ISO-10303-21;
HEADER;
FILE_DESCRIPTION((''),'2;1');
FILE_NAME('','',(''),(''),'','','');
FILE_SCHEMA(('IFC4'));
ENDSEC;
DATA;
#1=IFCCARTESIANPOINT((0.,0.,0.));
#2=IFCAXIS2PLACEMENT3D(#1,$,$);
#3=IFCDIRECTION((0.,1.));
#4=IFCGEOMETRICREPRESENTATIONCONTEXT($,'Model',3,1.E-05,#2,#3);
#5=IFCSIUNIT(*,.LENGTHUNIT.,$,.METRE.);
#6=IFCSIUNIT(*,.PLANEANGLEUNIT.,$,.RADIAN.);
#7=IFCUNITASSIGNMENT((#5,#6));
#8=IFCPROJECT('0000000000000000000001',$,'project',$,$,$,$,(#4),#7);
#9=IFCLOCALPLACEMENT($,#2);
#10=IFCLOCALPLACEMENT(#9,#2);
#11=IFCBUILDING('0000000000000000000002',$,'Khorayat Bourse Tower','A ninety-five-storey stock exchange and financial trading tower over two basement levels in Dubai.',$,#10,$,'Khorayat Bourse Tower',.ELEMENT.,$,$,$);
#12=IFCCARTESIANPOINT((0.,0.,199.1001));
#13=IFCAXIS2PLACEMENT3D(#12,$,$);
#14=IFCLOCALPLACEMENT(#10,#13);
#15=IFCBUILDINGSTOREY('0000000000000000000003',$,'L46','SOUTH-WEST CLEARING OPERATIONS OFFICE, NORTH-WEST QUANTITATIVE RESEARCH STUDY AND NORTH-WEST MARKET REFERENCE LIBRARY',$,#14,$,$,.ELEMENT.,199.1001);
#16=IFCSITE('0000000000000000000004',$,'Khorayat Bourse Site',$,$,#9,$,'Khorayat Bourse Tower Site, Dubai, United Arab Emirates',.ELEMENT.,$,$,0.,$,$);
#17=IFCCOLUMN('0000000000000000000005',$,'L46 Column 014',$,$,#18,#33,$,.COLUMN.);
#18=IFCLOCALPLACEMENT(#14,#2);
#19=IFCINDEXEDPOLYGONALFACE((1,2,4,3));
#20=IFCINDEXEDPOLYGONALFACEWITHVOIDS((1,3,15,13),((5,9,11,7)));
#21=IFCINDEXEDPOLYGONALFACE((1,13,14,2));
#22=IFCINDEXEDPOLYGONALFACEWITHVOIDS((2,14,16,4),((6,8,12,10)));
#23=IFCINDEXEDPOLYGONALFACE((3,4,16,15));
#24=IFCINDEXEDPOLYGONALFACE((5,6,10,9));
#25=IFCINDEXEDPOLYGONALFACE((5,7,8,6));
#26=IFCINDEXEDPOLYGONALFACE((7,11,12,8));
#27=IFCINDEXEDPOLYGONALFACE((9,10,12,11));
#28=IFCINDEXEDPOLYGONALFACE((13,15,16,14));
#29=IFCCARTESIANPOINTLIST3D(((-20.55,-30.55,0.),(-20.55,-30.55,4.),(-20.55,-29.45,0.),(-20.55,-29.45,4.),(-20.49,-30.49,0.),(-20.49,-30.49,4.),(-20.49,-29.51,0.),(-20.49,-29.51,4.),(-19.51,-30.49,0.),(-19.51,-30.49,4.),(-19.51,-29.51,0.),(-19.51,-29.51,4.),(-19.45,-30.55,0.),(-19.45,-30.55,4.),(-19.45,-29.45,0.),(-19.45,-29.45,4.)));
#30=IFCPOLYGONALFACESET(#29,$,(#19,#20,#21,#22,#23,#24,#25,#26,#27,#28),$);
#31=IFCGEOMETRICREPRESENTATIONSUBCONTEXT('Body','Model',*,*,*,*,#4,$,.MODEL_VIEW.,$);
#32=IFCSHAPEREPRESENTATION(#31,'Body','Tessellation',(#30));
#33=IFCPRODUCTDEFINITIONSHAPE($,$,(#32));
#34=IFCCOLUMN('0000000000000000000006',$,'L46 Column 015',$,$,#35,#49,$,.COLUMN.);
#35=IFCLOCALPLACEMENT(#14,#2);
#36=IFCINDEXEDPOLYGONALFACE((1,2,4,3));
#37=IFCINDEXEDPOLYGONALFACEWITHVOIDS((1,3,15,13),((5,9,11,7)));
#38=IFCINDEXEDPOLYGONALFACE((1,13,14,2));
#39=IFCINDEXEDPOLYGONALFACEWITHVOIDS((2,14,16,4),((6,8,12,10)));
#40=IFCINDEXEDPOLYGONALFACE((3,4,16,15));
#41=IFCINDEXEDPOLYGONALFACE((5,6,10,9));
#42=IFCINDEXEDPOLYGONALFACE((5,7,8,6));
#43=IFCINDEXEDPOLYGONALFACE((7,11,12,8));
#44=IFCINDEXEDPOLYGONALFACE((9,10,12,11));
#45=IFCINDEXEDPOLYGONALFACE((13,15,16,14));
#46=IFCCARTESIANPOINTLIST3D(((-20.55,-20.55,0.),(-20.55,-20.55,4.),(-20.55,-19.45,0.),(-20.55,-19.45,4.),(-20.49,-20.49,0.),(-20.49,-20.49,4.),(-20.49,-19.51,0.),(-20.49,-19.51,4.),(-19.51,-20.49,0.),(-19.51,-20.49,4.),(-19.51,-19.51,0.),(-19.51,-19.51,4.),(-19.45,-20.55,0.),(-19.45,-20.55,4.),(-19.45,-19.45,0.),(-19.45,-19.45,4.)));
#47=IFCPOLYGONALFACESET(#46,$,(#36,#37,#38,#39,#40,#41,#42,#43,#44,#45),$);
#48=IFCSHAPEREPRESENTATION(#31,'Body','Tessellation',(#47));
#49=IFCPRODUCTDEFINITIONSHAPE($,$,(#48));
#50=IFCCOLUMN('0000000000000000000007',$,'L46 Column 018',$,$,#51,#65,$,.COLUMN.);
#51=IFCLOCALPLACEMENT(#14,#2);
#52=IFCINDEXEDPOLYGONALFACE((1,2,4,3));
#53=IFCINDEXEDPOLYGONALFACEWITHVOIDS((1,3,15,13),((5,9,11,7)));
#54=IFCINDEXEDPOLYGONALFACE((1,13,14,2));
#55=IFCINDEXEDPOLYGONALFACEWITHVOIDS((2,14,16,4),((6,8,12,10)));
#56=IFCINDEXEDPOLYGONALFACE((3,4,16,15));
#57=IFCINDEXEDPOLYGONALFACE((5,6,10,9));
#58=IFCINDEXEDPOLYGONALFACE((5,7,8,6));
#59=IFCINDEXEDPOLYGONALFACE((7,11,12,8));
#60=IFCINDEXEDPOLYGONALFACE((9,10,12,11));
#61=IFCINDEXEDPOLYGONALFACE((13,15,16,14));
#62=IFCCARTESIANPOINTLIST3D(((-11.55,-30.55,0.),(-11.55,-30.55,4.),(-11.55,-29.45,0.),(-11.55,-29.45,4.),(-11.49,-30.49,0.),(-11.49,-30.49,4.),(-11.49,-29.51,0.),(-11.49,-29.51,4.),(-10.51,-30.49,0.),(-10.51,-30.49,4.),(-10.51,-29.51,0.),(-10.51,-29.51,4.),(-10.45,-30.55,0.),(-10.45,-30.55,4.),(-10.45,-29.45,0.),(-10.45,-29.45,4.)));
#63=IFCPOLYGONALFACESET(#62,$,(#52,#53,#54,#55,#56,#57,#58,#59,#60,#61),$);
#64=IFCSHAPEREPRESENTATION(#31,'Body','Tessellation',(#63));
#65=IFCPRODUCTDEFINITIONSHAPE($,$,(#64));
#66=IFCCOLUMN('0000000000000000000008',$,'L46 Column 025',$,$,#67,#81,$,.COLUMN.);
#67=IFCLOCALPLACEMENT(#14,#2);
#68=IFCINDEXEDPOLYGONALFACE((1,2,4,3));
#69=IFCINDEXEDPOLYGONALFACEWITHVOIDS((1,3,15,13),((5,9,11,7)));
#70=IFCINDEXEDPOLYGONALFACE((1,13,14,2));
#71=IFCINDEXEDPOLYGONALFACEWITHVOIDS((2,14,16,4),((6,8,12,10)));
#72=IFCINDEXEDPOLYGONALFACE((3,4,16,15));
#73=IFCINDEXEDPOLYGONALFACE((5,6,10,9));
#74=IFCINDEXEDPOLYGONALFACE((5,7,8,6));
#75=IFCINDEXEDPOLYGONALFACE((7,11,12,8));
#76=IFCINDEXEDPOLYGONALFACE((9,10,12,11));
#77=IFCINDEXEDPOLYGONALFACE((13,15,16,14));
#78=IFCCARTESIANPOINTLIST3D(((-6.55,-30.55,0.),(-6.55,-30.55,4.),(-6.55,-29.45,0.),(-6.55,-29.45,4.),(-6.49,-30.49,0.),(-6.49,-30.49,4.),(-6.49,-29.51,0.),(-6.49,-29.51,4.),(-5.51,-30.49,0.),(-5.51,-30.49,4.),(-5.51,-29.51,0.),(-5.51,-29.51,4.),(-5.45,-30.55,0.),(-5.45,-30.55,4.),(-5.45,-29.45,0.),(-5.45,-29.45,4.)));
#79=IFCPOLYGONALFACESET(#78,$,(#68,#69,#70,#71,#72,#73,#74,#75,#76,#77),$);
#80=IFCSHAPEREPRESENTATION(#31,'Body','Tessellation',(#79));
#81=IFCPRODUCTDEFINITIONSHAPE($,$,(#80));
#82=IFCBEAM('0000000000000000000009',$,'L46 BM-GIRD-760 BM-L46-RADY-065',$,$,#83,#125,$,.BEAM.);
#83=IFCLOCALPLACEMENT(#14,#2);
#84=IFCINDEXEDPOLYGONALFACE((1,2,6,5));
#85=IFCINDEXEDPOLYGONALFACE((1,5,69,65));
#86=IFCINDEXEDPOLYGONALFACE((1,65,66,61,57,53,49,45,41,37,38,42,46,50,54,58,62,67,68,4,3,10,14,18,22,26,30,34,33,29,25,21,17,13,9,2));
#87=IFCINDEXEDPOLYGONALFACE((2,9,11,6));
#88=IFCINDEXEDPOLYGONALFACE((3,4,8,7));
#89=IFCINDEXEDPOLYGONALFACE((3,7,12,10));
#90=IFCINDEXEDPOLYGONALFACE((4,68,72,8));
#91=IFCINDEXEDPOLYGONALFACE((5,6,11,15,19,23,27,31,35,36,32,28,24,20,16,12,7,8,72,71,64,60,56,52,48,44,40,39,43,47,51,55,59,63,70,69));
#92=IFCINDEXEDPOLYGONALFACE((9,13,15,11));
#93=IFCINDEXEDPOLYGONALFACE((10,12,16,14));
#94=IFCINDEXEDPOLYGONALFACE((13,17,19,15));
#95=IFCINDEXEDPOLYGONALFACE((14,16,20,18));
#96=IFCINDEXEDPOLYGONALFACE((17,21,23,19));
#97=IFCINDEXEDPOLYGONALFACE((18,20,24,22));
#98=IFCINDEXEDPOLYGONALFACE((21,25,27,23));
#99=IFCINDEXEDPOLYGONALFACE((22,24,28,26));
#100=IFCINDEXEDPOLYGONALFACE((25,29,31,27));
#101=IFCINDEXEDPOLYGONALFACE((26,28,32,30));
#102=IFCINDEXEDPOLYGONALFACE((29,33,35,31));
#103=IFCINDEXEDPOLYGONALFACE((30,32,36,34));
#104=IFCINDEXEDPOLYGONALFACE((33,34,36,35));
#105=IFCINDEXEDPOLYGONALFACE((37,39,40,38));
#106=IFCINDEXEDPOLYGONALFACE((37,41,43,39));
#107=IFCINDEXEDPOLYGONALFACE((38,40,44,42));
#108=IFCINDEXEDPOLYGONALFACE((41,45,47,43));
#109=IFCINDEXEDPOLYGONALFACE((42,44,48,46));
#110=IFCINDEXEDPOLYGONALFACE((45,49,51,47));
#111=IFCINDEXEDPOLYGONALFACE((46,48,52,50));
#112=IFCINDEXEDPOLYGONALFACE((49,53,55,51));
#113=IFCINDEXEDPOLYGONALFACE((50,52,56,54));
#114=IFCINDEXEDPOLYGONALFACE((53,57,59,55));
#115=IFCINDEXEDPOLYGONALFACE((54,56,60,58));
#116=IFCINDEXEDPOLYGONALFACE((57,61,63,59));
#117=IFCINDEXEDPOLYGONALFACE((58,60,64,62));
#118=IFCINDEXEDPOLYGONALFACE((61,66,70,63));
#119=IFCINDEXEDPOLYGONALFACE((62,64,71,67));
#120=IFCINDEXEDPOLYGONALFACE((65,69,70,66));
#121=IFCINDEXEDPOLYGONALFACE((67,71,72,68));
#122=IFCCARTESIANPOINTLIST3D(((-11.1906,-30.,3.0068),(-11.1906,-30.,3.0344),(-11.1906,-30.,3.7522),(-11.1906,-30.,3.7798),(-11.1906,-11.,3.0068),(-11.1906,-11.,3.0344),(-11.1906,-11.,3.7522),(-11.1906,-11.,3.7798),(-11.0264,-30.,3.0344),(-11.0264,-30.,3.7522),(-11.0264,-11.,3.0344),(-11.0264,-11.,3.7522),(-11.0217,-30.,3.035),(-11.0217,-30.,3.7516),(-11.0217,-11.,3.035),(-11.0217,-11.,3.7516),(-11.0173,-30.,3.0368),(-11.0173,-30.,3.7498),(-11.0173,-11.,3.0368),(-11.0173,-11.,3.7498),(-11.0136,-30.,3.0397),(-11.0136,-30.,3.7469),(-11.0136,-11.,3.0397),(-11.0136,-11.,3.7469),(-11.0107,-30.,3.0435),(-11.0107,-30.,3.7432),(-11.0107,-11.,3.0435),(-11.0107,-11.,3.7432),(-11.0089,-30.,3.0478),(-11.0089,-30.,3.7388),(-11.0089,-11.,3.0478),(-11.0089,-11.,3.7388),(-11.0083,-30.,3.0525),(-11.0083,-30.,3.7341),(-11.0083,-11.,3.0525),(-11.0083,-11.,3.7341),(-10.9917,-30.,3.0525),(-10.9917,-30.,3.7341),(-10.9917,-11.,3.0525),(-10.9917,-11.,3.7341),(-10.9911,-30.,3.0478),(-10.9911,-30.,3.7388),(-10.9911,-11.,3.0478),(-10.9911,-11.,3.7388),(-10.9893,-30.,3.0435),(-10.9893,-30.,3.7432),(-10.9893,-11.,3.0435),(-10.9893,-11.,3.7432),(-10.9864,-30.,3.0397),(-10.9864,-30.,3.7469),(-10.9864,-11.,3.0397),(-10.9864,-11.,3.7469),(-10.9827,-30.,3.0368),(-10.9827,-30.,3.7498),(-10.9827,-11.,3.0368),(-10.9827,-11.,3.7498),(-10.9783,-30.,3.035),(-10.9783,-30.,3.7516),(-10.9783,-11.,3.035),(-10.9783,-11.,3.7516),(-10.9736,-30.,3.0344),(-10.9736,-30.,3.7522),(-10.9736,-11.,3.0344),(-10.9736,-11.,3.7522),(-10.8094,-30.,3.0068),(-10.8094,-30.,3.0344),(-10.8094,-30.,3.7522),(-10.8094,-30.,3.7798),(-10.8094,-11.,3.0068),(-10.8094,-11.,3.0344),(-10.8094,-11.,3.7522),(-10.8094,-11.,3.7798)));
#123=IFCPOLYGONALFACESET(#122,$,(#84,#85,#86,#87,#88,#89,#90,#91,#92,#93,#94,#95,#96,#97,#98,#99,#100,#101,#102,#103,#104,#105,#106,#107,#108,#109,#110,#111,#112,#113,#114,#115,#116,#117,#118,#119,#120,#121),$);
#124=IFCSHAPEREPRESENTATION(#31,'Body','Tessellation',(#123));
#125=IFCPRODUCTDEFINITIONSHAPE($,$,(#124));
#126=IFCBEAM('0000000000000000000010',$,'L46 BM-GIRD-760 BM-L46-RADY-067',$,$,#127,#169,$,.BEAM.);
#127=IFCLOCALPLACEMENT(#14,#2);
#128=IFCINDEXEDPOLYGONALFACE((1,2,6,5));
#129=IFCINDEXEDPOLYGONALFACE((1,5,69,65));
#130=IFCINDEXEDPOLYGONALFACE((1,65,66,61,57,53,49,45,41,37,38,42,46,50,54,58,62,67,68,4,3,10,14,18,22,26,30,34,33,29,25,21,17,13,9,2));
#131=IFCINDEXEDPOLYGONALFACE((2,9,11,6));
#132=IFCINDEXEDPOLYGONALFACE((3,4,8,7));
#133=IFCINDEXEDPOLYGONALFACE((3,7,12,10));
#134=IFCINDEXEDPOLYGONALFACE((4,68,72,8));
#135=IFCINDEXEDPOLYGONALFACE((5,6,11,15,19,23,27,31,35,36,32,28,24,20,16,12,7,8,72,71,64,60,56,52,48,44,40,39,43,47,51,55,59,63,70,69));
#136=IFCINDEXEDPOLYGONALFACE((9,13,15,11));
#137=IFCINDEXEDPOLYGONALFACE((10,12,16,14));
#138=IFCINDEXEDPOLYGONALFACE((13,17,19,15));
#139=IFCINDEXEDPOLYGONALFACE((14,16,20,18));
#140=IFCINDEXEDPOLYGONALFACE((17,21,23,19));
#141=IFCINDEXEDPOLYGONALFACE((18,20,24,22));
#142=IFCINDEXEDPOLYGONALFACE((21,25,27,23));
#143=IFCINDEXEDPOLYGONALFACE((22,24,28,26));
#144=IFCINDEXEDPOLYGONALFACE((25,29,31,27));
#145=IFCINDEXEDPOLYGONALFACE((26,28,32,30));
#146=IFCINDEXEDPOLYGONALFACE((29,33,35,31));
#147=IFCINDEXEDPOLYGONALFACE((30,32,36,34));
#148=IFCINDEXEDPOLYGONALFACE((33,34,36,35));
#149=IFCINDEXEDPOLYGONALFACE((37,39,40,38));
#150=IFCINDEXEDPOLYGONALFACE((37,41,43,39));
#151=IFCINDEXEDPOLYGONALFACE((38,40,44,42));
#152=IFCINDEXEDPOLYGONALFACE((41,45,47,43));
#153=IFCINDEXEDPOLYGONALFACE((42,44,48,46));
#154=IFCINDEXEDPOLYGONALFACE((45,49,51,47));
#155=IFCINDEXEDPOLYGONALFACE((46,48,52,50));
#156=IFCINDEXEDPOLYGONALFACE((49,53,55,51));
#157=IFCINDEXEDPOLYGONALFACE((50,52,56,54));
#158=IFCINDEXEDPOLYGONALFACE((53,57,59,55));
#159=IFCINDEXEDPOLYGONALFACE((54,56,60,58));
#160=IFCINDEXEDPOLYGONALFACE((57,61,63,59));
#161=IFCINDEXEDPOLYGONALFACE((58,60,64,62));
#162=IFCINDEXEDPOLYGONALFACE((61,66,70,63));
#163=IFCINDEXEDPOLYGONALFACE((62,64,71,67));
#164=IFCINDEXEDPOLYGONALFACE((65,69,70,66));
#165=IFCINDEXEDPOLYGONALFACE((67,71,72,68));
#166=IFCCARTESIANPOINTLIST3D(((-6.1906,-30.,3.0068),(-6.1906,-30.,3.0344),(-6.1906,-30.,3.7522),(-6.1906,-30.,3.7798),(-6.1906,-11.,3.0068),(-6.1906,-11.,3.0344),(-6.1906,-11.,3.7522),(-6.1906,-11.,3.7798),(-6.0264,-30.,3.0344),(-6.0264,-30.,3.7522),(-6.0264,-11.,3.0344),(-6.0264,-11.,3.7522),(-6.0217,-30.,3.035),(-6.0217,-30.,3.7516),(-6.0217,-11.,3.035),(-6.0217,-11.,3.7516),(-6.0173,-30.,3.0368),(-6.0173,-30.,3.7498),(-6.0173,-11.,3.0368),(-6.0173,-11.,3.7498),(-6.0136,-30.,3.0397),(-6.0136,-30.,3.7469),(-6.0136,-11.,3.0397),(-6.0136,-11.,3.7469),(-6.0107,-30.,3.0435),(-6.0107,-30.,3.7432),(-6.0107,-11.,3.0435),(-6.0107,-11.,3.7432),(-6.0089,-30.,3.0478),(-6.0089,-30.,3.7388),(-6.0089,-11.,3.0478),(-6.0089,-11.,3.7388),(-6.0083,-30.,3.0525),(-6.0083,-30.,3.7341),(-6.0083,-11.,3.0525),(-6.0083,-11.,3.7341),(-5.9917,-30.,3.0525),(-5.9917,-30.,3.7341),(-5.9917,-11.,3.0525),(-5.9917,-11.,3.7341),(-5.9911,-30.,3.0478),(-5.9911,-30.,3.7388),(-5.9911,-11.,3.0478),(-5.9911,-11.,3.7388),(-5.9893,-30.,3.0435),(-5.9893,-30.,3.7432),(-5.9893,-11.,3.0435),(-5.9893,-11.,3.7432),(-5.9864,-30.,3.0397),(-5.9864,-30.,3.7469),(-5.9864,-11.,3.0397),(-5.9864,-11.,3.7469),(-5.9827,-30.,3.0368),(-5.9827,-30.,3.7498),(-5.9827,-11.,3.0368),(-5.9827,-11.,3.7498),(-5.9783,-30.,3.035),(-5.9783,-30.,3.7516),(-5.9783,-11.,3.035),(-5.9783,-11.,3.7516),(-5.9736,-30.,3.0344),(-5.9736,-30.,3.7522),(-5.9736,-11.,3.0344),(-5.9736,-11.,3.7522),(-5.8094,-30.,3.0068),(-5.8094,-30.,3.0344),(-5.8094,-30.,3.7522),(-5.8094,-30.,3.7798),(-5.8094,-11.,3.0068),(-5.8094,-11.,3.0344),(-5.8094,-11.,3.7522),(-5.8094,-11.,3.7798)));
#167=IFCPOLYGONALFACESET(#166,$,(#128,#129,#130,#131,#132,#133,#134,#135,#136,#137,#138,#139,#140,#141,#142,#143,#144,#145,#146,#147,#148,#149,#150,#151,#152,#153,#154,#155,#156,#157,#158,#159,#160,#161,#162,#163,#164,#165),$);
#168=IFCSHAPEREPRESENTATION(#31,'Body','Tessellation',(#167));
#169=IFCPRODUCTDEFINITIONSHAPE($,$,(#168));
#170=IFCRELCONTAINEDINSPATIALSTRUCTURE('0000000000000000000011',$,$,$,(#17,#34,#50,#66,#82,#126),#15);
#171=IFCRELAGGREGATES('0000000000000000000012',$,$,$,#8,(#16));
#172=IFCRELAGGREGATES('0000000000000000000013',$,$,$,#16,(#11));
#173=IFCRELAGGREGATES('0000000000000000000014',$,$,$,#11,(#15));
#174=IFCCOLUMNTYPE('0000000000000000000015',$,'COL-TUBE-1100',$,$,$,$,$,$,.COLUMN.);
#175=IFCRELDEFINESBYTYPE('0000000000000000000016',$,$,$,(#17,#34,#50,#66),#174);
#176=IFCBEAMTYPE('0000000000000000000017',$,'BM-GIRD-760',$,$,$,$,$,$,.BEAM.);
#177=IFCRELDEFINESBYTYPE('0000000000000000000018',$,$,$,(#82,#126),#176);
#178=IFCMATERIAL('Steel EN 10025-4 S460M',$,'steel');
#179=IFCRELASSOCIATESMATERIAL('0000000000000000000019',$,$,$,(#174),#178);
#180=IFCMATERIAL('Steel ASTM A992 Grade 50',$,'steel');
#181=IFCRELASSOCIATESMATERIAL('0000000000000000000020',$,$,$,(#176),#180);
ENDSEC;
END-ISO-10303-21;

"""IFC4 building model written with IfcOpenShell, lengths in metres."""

from ifc_helpers import new_model, si_unit, direction, frame, origin, origin_2d, place, context, subcontext, project, spatial, hollow_rectangle, i_section, extrude, source, transform, mapped, material, material_profile, profile_set, type_object, element, save


model = new_model("IFC4")

# Units and contexts
model_context = context("Model", 3, precision=1e-05, world=origin(), true_north=direction((0.0, 1.0)))
body_context = subcontext(model_context, "Body", "Model", "MODEL_VIEW")
ifc_project = project(units=[si_unit("LENGTHUNIT", "METRE"), si_unit("PLANEANGLEUNIT", "RADIAN")], contexts=[model_context])

# Site, building, storey
site_placement = place(None, origin())
site = spatial("IfcSite", under=ifc_project, at=site_placement, Name="Khorayat Bourse Site", LongName="Khorayat Bourse Tower Site, Dubai, United Arab Emirates", CompositionType="ELEMENT", RefElevation=0.0)
building_placement = place(site_placement, origin())
building = spatial("IfcBuilding", under=site, at=building_placement, Name="Khorayat Bourse Tower", Description="A ninety-five-storey stock exchange and financial trading tower over two basement levels in Dubai.", LongName="Khorayat Bourse Tower", CompositionType="ELEMENT")
storey_placement = place(building_placement, frame((0.0, 0.0, 199.1001)))
storey = spatial("IfcBuildingStorey", under=building, at=storey_placement, Name="L46", Description="SOUTH-WEST CLEARING OPERATIONS OFFICE, NORTH-WEST QUANTITATIVE RESEARCH STUDY AND NORTH-WEST MARKET REFERENCE LIBRARY", CompositionType="ELEMENT", Elevation=199.1001)

# Columns
ifc_material_1 = material(Name="Steel EN 10025-4 S460M", Category="steel")
ifc_material_profile_1 = material_profile(ifc_material_1, hollow_rectangle(XDim=1.1001, YDim=1.1001, WallThickness=0.0601, at=origin_2d()), Name="BOX 1100x1100x60")
ifc_profile_set_1 = profile_set([ifc_material_profile_1], Name="Steel EN 10025-4 S460M")
column_type = type_object("IfcColumnType", Name="COL-TUBE-1100", PredefinedType="COLUMN", material=ifc_profile_set_1)
shared_shape_1 = source(origin(), body_context, "Body", "SweptSolid", [
    extrude(hollow_rectangle(XDim=1.1001, YDim=1.1001, WallThickness=0.0601, at=origin_2d()), origin(), (0.0, 0.0, 1.0), 4.0),
])
for number, where, z_axis, x_axis, name in (
    (1, (-20.0, -30.0, 0.0), (0.0, 0.0, 1.0), (1.0, 0.0, 0.0), "L46 Column 014"),
    (2, (-20.0, -20.0, 0.0), (0.0, 0.0, 1.0), (1.0, 0.0, 0.0), "L46 Column 015"),
    (3, (-11.0, -30.0, 0.0), (0.0, 0.0, 1.0), (1.0, 0.0, 0.0), "L46 Column 018"),
    (4, (-6.0, -30.0, 0.0), (0.0, 0.0, 1.0), (1.0, 0.0, 0.0), "L46 Column 025"),
):
    element("IfcColumn", number, at=place(storey_placement, frame(where, z_axis=z_axis, x_axis=x_axis)), inside=storey, type_object=column_type, Name=name, PredefinedType="COLUMN", context=body_context, shape_type="MappedRepresentation", body=[
        mapped(shared_shape_1, transform((0.0, 0.0, 0.0), scale=1.0)),
    ])

# Beams
ifc_material_2 = material(Name="Steel ASTM A992 Grade 50", Category="steel")
ifc_material_profile_2 = material_profile(ifc_material_2, i_section(OverallWidth=0.3811, OverallDepth=0.7729, WebThickness=0.0166, FlangeThickness=0.0276, FilletRadius=0.0181, at=origin_2d()), Name="W760X257")
ifc_profile_set_2 = profile_set([ifc_material_profile_2], Name="Steel ASTM A992 Grade 50")
beam_type_1 = type_object("IfcBeamType", Name="BM-GIRD-760", PredefinedType="BEAM", material=ifc_profile_set_2)
shared_shape_2 = source(origin(), body_context, "Body", "SweptSolid", [
    extrude(i_section(OverallWidth=0.3811, OverallDepth=0.7729, WebThickness=0.0166, FlangeThickness=0.0276, FilletRadius=0.0181, at=origin_2d()), origin(), (0.0, 0.0, 1.0), 19.0),
])
for number, where, z_axis, x_axis, name in (
    (5, (-11.0, -30.0, 3.3933), (0.0, 1.0, 0.0), (-1.0, 0.0, 0.0), "L46 BM-GIRD-760 BM-L46-RADY-065"),
    (6, (-6.0, -30.0, 3.3933), (0.0, 1.0, 0.0), (-1.0, 0.0, 0.0), "L46 BM-GIRD-760 BM-L46-RADY-067"),
):
    element("IfcBeam", number, at=place(storey_placement, frame(where, z_axis=z_axis, x_axis=x_axis)), inside=storey, type_object=beam_type_1, Name=name, PredefinedType="BEAM", context=body_context, shape_type="MappedRepresentation", body=[
        mapped(shared_shape_2, transform((0.0, 0.0, 0.0), scale=1.0)),
    ])

save(model, "model.ifc")
